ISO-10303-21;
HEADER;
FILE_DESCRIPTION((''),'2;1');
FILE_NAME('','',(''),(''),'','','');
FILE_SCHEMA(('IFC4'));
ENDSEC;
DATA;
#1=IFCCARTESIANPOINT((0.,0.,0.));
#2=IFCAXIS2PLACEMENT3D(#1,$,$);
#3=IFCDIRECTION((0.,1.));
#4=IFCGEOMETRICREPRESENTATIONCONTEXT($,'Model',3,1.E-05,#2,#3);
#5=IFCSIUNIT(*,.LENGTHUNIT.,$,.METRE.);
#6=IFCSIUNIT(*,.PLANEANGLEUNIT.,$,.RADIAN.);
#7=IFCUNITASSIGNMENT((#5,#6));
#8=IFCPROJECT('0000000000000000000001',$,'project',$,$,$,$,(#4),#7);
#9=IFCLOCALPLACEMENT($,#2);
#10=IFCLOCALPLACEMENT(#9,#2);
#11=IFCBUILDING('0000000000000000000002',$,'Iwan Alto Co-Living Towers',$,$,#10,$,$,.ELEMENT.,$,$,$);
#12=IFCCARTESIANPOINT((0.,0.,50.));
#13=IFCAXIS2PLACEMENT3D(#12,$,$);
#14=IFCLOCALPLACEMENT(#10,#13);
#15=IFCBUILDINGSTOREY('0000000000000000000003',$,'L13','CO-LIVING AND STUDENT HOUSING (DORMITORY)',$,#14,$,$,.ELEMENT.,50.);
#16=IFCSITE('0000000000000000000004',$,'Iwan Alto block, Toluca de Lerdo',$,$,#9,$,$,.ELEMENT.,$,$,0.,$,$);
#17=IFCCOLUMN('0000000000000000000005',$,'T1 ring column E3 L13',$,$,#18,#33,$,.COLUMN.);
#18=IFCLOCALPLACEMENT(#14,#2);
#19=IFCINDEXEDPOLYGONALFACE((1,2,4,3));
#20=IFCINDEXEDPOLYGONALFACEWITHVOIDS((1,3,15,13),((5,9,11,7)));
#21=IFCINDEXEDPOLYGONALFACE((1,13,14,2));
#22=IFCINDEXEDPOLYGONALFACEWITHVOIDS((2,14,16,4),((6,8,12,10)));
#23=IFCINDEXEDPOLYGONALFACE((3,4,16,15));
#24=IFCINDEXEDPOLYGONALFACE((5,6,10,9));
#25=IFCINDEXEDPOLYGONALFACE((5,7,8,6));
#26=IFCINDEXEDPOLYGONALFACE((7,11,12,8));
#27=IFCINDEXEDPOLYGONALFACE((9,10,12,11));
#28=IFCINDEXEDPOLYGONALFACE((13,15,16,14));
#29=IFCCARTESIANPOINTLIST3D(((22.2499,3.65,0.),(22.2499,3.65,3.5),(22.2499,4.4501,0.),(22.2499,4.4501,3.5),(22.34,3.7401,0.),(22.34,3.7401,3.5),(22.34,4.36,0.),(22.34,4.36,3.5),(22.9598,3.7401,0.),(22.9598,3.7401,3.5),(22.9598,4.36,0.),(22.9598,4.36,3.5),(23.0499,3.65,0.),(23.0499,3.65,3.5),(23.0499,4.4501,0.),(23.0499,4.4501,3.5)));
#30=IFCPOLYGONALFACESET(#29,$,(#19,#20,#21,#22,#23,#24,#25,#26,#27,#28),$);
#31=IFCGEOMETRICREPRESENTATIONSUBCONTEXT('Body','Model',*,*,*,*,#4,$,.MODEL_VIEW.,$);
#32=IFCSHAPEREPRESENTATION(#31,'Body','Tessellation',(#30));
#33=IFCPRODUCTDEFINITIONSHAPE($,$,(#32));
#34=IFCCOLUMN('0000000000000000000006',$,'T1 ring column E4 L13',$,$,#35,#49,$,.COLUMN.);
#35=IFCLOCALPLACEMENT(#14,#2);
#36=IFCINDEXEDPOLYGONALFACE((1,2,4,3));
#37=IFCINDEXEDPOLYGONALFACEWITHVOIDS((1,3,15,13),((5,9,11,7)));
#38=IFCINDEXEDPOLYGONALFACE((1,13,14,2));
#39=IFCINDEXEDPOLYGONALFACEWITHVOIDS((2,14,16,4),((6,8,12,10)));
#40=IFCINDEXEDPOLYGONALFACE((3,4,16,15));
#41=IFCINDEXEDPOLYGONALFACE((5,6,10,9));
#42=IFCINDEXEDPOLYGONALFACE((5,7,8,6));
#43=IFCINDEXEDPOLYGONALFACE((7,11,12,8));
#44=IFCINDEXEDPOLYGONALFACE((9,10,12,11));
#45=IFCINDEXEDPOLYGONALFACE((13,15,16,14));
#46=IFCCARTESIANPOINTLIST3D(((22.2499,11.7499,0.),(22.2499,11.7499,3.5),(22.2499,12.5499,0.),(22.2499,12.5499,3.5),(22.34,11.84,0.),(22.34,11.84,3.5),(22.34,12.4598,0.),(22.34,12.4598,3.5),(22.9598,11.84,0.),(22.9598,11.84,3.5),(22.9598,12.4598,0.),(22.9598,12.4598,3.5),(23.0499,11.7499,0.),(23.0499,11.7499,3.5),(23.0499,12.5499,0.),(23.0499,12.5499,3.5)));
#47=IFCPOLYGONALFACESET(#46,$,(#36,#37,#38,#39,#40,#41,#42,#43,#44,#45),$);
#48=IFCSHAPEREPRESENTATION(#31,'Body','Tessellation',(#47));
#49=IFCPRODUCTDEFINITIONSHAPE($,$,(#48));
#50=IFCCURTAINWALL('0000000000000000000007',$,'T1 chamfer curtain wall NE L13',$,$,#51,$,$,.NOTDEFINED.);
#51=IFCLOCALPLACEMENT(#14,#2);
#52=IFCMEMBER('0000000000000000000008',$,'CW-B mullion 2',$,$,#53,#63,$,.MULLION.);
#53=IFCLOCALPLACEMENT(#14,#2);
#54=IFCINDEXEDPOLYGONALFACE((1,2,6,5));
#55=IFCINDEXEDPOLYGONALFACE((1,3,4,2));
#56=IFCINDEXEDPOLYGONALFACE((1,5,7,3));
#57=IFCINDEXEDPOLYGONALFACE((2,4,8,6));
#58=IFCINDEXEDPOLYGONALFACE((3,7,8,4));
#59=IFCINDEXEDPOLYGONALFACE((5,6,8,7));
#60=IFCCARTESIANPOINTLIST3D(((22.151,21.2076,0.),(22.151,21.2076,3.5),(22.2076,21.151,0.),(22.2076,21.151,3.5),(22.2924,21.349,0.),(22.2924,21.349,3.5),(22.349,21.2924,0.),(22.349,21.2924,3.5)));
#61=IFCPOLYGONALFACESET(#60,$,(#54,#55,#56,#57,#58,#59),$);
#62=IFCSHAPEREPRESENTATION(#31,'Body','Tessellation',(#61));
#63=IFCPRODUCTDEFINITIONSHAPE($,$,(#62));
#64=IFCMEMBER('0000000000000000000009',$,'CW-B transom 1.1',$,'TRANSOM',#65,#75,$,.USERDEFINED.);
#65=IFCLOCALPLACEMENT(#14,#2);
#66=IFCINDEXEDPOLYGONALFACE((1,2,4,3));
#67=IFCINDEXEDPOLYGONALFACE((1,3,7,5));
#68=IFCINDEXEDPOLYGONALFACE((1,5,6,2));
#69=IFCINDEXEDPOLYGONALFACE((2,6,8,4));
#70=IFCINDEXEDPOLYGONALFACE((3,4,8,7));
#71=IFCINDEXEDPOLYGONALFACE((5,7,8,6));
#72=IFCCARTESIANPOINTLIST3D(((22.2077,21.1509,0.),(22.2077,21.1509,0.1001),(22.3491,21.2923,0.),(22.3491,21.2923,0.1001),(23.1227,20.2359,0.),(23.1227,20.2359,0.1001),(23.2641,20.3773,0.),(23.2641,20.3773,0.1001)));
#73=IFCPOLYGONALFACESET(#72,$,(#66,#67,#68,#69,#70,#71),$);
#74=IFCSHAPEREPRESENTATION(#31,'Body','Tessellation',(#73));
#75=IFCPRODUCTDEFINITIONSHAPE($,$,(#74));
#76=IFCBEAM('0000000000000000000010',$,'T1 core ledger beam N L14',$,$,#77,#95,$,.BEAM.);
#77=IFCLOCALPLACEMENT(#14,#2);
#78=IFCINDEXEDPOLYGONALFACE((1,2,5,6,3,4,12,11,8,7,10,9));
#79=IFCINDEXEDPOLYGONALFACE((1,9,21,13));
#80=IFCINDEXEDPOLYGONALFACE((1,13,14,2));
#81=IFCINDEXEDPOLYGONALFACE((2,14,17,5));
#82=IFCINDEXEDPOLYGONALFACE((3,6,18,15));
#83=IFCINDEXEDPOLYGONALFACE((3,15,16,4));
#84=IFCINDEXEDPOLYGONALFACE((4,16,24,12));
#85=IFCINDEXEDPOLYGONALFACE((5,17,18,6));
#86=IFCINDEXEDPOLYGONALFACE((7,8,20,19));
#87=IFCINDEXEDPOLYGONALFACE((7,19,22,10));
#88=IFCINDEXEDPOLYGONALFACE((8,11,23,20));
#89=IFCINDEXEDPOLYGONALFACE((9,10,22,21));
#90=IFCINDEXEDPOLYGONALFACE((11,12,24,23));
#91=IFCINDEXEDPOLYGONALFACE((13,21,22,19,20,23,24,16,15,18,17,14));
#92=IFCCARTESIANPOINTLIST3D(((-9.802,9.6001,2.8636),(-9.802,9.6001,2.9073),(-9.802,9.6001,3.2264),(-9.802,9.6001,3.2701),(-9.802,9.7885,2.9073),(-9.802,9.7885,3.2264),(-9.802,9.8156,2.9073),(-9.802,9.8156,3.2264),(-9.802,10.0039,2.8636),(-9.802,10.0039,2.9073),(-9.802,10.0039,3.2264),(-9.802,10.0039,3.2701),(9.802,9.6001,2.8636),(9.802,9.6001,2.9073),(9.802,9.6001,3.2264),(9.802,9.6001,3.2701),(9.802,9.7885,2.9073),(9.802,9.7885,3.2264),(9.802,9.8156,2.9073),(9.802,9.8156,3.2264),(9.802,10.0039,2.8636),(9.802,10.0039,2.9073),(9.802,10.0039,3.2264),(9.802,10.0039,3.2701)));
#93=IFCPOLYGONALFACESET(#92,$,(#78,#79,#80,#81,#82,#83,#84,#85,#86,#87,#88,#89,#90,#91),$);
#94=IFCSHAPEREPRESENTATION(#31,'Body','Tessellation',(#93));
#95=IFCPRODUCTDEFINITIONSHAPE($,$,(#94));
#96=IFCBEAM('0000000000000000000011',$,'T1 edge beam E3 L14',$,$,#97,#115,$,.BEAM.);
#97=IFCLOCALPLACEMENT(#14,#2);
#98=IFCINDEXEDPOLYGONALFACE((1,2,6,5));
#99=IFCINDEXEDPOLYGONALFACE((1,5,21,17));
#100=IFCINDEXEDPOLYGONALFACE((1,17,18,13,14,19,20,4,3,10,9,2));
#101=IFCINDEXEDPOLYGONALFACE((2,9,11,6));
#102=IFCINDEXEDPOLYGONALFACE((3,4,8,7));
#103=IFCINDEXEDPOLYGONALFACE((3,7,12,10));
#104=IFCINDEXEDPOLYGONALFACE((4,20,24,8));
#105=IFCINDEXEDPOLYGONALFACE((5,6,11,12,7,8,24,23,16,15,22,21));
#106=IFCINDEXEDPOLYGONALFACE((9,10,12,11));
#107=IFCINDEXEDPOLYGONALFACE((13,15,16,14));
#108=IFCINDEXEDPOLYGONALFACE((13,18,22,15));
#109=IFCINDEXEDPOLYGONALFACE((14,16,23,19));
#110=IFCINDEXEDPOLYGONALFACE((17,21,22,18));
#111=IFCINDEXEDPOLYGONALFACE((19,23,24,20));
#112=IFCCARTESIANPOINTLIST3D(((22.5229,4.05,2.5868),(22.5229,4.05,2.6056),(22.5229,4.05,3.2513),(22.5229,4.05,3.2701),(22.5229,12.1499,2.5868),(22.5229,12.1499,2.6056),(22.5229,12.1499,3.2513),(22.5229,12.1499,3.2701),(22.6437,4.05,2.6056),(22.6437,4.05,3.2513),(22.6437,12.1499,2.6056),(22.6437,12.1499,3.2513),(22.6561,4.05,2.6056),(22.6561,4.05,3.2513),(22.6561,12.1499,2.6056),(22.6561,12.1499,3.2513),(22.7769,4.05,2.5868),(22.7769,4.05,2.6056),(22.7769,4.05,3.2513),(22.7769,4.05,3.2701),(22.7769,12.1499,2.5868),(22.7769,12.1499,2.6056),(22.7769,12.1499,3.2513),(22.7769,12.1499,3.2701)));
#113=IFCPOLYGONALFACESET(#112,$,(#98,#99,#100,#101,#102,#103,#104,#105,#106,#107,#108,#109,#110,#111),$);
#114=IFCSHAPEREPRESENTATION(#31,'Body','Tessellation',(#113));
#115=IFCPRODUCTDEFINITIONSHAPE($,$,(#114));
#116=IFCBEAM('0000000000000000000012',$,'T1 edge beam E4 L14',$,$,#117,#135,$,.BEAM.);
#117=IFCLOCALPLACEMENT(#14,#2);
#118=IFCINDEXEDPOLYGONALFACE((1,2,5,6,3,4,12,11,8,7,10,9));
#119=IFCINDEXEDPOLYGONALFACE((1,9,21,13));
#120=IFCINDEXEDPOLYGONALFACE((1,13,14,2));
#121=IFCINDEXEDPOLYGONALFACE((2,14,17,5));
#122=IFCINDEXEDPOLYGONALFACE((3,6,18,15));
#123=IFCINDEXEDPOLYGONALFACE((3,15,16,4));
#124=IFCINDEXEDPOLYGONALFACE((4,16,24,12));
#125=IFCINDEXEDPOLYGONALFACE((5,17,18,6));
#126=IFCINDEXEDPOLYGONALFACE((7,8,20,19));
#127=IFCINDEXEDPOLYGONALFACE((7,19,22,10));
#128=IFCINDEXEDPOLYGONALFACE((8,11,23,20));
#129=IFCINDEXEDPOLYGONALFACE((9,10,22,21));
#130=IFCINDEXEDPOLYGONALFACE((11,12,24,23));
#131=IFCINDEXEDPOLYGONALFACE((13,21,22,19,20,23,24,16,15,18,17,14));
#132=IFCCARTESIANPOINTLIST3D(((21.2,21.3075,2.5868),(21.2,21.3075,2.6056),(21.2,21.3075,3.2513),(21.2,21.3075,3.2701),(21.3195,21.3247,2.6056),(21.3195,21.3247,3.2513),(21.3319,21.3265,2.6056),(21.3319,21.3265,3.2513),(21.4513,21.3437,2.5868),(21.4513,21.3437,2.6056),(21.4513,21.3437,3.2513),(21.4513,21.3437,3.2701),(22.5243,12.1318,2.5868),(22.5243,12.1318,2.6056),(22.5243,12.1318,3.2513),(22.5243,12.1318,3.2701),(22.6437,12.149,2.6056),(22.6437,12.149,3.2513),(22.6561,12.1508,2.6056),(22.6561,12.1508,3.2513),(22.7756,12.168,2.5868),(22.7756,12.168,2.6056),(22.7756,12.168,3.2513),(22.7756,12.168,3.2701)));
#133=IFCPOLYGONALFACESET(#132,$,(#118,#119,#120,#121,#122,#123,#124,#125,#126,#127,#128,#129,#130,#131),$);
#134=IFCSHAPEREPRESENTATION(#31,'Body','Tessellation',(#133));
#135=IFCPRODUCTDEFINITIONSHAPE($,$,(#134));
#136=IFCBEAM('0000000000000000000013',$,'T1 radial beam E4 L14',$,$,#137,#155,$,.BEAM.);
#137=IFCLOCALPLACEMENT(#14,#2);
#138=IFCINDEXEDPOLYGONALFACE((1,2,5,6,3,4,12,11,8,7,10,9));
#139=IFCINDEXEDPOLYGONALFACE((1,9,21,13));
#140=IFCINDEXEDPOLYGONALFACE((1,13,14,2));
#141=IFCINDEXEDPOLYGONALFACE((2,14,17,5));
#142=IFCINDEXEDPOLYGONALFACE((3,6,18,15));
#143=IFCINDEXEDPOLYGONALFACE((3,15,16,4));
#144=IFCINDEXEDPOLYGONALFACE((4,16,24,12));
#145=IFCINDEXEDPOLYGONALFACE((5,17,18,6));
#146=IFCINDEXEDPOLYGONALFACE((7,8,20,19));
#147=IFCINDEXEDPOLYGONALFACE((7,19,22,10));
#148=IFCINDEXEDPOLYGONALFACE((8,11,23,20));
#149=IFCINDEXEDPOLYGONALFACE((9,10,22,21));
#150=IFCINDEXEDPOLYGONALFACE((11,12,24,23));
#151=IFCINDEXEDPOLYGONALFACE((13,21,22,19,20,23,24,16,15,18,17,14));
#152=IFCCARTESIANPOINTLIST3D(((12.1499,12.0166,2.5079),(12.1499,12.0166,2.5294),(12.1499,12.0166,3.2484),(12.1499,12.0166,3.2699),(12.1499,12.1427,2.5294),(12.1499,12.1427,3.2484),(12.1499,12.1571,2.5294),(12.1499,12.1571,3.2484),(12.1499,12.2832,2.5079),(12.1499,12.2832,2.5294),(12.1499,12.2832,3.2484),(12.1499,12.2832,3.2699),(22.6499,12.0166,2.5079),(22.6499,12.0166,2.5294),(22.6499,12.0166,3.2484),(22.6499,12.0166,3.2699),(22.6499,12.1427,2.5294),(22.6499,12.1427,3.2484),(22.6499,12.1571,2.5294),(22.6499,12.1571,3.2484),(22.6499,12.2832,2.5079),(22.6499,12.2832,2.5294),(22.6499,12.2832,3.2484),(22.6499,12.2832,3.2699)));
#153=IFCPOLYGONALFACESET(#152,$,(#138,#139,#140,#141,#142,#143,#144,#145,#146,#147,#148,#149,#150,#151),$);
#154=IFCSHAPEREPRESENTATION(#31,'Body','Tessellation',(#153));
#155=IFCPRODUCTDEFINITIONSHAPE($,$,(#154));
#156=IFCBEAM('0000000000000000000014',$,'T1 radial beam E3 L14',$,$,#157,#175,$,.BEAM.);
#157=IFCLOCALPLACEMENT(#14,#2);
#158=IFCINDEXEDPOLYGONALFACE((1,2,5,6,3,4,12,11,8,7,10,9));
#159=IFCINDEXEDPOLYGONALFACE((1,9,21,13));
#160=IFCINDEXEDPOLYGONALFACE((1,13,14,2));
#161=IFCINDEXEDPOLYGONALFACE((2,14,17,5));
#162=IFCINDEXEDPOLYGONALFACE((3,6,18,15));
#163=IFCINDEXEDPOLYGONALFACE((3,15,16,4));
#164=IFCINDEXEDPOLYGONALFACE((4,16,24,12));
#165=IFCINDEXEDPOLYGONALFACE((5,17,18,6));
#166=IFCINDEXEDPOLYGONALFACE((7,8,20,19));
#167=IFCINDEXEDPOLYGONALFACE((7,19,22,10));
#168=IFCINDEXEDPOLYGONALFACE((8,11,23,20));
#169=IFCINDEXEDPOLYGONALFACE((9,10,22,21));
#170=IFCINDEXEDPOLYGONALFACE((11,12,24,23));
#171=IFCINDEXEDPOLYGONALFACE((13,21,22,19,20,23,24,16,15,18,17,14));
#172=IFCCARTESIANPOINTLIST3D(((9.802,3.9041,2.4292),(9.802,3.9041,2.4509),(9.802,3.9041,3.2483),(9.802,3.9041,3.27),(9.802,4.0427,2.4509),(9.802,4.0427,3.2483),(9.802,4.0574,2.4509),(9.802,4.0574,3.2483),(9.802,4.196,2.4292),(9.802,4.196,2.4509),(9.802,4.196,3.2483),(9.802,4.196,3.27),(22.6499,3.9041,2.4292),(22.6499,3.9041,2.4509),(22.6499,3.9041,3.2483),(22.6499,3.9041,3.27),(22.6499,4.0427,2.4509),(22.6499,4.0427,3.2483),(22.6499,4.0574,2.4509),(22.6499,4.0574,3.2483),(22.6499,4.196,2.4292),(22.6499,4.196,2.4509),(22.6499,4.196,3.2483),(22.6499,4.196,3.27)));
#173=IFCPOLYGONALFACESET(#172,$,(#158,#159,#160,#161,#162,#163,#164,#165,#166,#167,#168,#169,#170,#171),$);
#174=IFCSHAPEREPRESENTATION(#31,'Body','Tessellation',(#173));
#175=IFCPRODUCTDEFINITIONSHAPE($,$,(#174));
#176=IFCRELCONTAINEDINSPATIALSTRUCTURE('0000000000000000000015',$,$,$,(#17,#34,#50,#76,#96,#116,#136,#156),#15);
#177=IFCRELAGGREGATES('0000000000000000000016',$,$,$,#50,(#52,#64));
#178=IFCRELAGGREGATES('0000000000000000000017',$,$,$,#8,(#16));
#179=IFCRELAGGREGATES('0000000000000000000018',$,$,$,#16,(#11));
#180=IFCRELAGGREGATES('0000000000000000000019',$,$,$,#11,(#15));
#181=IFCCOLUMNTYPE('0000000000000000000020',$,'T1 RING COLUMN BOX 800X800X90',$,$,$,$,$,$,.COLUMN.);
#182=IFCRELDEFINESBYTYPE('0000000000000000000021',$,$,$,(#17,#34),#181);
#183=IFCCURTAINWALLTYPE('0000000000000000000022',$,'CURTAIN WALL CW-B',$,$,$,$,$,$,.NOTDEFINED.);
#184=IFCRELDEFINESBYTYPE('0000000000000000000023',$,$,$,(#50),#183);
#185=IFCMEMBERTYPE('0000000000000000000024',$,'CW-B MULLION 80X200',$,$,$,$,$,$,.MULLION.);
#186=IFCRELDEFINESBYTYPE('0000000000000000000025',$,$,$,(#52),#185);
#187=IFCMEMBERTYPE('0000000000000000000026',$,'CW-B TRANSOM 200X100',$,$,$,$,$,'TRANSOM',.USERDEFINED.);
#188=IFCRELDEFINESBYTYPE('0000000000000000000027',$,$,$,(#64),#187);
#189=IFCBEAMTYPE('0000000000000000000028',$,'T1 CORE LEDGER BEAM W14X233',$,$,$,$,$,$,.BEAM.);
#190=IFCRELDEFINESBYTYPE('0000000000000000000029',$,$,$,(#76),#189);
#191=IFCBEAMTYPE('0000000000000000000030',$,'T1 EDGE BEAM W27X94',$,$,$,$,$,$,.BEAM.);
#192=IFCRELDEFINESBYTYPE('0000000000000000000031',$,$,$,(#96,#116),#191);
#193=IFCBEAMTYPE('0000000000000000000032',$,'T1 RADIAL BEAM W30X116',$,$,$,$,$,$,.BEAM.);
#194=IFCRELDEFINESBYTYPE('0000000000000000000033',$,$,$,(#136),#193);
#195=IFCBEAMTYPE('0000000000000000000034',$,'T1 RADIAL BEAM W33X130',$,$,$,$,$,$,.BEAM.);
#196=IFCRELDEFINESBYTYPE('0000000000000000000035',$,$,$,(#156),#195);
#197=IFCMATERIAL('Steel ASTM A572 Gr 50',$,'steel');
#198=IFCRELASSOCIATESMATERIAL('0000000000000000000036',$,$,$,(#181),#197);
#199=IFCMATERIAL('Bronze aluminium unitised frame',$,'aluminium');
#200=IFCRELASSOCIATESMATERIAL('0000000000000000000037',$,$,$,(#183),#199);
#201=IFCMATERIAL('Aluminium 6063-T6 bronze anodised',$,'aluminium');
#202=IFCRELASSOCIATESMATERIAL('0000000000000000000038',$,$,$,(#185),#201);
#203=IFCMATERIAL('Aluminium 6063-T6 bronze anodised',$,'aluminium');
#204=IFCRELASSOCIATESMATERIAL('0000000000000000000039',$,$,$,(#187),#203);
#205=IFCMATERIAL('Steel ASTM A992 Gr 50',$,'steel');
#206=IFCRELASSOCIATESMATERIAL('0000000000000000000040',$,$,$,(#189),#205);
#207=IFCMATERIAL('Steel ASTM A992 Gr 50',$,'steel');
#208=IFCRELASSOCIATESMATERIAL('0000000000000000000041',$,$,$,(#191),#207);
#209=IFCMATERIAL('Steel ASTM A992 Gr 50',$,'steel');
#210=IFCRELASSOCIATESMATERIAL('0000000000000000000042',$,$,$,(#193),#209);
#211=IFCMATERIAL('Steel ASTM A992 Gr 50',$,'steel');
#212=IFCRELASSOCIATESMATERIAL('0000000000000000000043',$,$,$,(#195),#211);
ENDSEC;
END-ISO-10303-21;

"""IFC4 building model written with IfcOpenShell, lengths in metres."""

from ifc_helpers import new_model, si_unit, direction, frame, origin, origin_2d, place, context, subcontext, project, spatial, rectangle, hollow_rectangle, i_section, extrude, material, material_profile, profile_set, type_object, element, aggregate, save


model = new_model("IFC4")

# Units and contexts
model_context = context("Model", 3, precision=1e-05, world=origin(), true_north=direction((0.0, 1.0)))
body_context = subcontext(model_context, "Body", "Model", "MODEL_VIEW")
ifc_project = project(units=[si_unit("LENGTHUNIT", "METRE"), si_unit("PLANEANGLEUNIT", "RADIAN")], contexts=[model_context])

# Site, building, storey
site_placement = place(None, origin())
site = spatial("IfcSite", under=ifc_project, at=site_placement, Name="Iwan Alto block, Toluca de Lerdo", CompositionType="ELEMENT", RefElevation=0.0)
building_placement = place(site_placement, origin())
building = spatial("IfcBuilding", under=site, at=building_placement, Name="Iwan Alto Co-Living Towers", CompositionType="ELEMENT")
storey_placement = place(building_placement, frame((0.0, 0.0, 50.0)))
storey = spatial("IfcBuildingStorey", under=building, at=storey_placement, Name="L13", Description="CO-LIVING AND STUDENT HOUSING (DORMITORY)", CompositionType="ELEMENT", Elevation=50.0)

# Columns
ifc_material_1 = material(Name="Steel ASTM A572 Gr 50", Category="steel")
ifc_material_profile_1 = material_profile(ifc_material_1, hollow_rectangle(XDim=0.8, YDim=0.8, WallThickness=0.0901, at=origin_2d()), Name="BOX 800X800X90")
ifc_profile_set_1 = profile_set([ifc_material_profile_1], Name="Steel ASTM A572 Gr 50")
column_type = type_object("IfcColumnType", Name="T1 RING COLUMN BOX 800X800X90", PredefinedType="COLUMN", material=ifc_profile_set_1)
for number, where, z_axis, x_axis, name in (
    (1, (22.6499, 4.05, 0.0), (0.0, 0.0, 1.0), (1.0, 0.0, 0.0), "T1 ring column E3 L13"),
    (2, (22.6499, 12.1499, 0.0), (0.0, 0.0, 1.0), (1.0, 0.0, 0.0), "T1 ring column E4 L13"),
):
    element("IfcColumn", number, at=place(storey_placement, frame(where, z_axis=z_axis, x_axis=x_axis)), inside=storey, type_object=column_type, Name=name, PredefinedType="COLUMN", context=body_context, shape_type="SweptSolid", body=[
        extrude(hollow_rectangle(XDim=0.8, YDim=0.8, WallThickness=0.0901, at=origin_2d()), origin(), (0.0, 0.0, 1.0), 3.5),
    ])

# Curtain wall, members
ifc_material_2 = material(Name="Bronze aluminium unitised frame", Category="aluminium")
curtain_wall_type = type_object("IfcCurtainWallType", Name="CURTAIN WALL CW-B", PredefinedType="NOTDEFINED", material=ifc_material_2)
curtain_wall_placement = place(storey_placement, origin())
curtain_wall = element("IfcCurtainWall", 3, at=curtain_wall_placement, inside=storey, type_object=curtain_wall_type, Name="T1 chamfer curtain wall NE L13", PredefinedType="NOTDEFINED")
ifc_material_3 = material(Name="Aluminium 6063-T6 bronze anodised", Category="aluminium")
ifc_material_profile_2 = material_profile(ifc_material_3, rectangle(XDim=0.2, YDim=0.0801, at=origin_2d()), Name="AL 80X200")
ifc_profile_set_2 = profile_set([ifc_material_profile_2], Name="Aluminium 6063-T6 bronze anodised")
member_type_1 = type_object("IfcMemberType", Name="CW-B MULLION 80X200", PredefinedType="MULLION", material=ifc_profile_set_2)
member_1_placement = place(storey_placement, frame((22.25, 21.25, 0.0), z_axis=(0.0, 0.0, 1.0), x_axis=(-0.707107, -0.707107, 0.0)))
member_1 = element("IfcMember", 4, at=member_1_placement, type_object=member_type_1, Name="CW-B mullion 2", PredefinedType="MULLION", context=body_context, shape_type="SweptSolid", body=[
    extrude(rectangle(XDim=0.2, YDim=0.0801, at=origin_2d()), origin(), (0.0, 0.0, 1.0), 3.5),
])
ifc_material_4 = material(Name="Aluminium 6063-T6 bronze anodised", Category="aluminium")
ifc_material_profile_3 = material_profile(ifc_material_4, rectangle(XDim=0.2, YDim=0.1001, at=origin_2d()), Name="AL 200X100")
ifc_profile_set_3 = profile_set([ifc_material_profile_3], Name="Aluminium 6063-T6 bronze anodised")
member_type_2 = type_object("IfcMemberType", Name="CW-B TRANSOM 200X100", ElementType="TRANSOM", PredefinedType="USERDEFINED", material=ifc_profile_set_3)
member_2_placement = place(storey_placement, frame((23.1934, 20.3066, 0.05), z_axis=(-0.707107, 0.707107, 0.0), x_axis=(-0.707107, -0.707107, 0.0)))
member_2 = element("IfcMember", 5, at=member_2_placement, type_object=member_type_2, Name="CW-B transom 1.1", ObjectType="TRANSOM", PredefinedType="USERDEFINED", context=body_context, shape_type="SweptSolid", body=[
    extrude(rectangle(XDim=0.2, YDim=0.1001, at=origin_2d()), origin(), (0.0, 0.0, 1.0), 1.2939),
])

# Beams
ifc_material_5 = material(Name="Steel ASTM A992 Gr 50", Category="steel")
ifc_material_profile_4 = material_profile(ifc_material_5, i_section(OverallWidth=0.4038, OverallDepth=0.4065, WebThickness=0.0271, FlangeThickness=0.0437, at=origin_2d()), Name="W14X233")
ifc_profile_set_4 = profile_set([ifc_material_profile_4], Name="Steel ASTM A992 Gr 50")
beam_type_1 = type_object("IfcBeamType", Name="T1 CORE LEDGER BEAM W14X233", PredefinedType="BEAM", material=ifc_profile_set_4)
beam_1_placement = place(storey_placement, frame((9.802, 9.802, 3.0669), z_axis=(-1.0, 0.0, 0.0), x_axis=(0.0, -1.0, 0.0)))
element("IfcBeam", 6, at=beam_1_placement, inside=storey, type_object=beam_type_1, Name="T1 core ledger beam N L14", PredefinedType="BEAM", context=body_context, shape_type="SweptSolid", body=[
    extrude(i_section(OverallWidth=0.4038, OverallDepth=0.4065, WebThickness=0.0271, FlangeThickness=0.0437, at=origin_2d()), origin(), (0.0, 0.0, 1.0), 19.604),
])
ifc_material_6 = material(Name="Steel ASTM A992 Gr 50", Category="steel")
ifc_material_profile_5 = material_profile(ifc_material_6, i_section(OverallWidth=0.2539, OverallDepth=0.6833, WebThickness=0.0125, FlangeThickness=0.0188, at=origin_2d()), Name="W27X94")
ifc_profile_set_5 = profile_set([ifc_material_profile_5], Name="Steel ASTM A992 Gr 50")
beam_type_2 = type_object("IfcBeamType", Name="T1 EDGE BEAM W27X94", PredefinedType="BEAM", material=ifc_profile_set_5)
beam_2_placement = place(storey_placement, frame((22.6499, 4.05, 2.9285), z_axis=(0.0, 1.0, 0.0), x_axis=(-1.0, 0.0, 0.0)))
element("IfcBeam", 7, at=beam_2_placement, inside=storey, type_object=beam_type_2, Name="T1 edge beam E3 L14", PredefinedType="BEAM", context=body_context, shape_type="SweptSolid", body=[
    extrude(i_section(OverallWidth=0.2539, OverallDepth=0.6833, WebThickness=0.0125, FlangeThickness=0.0188, at=origin_2d()), origin(), (0.0, 0.0, 1.0), 8.0999),
])
beam_3_placement = place(storey_placement, frame((22.6499, 12.1499, 2.9285), z_axis=(-0.142837, 0.989746, 0.0), x_axis=(-0.989746, -0.142837, 0.0)))
element("IfcBeam", 8, at=beam_3_placement, inside=storey, type_object=beam_type_2, Name="T1 edge beam E4 L14", PredefinedType="BEAM", context=body_context, shape_type="SweptSolid", body=[
    extrude(i_section(OverallWidth=0.2539, OverallDepth=0.6833, WebThickness=0.0125, FlangeThickness=0.0188, at=origin_2d()), origin(), (0.0, 0.0, 1.0), 9.2708),
])
ifc_material_7 = material(Name="Steel ASTM A992 Gr 50", Category="steel")
ifc_material_profile_6 = material_profile(ifc_material_7, i_section(OverallWidth=0.2666, OverallDepth=0.762, WebThickness=0.0144, FlangeThickness=0.0215, at=origin_2d()), Name="W30X116")
ifc_profile_set_6 = profile_set([ifc_material_profile_6], Name="Steel ASTM A992 Gr 50")
beam_type_3 = type_object("IfcBeamType", Name="T1 RADIAL BEAM W30X116", PredefinedType="BEAM", material=ifc_profile_set_6)
beam_4_placement = place(storey_placement, frame((22.6499, 12.1499, 2.8889), z_axis=(-1.0, 0.0, 0.0), x_axis=(0.0, -1.0, 0.0)))
element("IfcBeam", 9, at=beam_4_placement, inside=storey, type_object=beam_type_3, Name="T1 radial beam E4 L14", PredefinedType="BEAM", context=body_context, shape_type="SweptSolid", body=[
    extrude(i_section(OverallWidth=0.2666, OverallDepth=0.762, WebThickness=0.0144, FlangeThickness=0.0215, at=origin_2d()), origin(), (0.0, 0.0, 1.0), 10.5),
])
ifc_material_8 = material(Name="Steel ASTM A992 Gr 50", Category="steel")
ifc_material_profile_7 = material_profile(ifc_material_8, i_section(OverallWidth=0.292, OverallDepth=0.8408, WebThickness=0.0146, FlangeThickness=0.0217, at=origin_2d()), Name="W33X130")
ifc_profile_set_7 = profile_set([ifc_material_profile_7], Name="Steel ASTM A992 Gr 50")
beam_type_4 = type_object("IfcBeamType", Name="T1 RADIAL BEAM W33X130", PredefinedType="BEAM", material=ifc_profile_set_7)
beam_5_placement = place(storey_placement, frame((22.6499, 4.05, 2.8496), z_axis=(-1.0, 0.0, 0.0), x_axis=(0.0, -1.0, 0.0)))
element("IfcBeam", 10, at=beam_5_placement, inside=storey, type_object=beam_type_4, Name="T1 radial beam E3 L14", PredefinedType="BEAM", context=body_context, shape_type="SweptSolid", body=[
    extrude(i_section(OverallWidth=0.292, OverallDepth=0.8408, WebThickness=0.0146, FlangeThickness=0.0217, at=origin_2d()), origin(), (0.0, 0.0, 1.0), 12.8479),
])

aggregate(curtain_wall, [member_1, member_2])

save(model, "model.ifc")
